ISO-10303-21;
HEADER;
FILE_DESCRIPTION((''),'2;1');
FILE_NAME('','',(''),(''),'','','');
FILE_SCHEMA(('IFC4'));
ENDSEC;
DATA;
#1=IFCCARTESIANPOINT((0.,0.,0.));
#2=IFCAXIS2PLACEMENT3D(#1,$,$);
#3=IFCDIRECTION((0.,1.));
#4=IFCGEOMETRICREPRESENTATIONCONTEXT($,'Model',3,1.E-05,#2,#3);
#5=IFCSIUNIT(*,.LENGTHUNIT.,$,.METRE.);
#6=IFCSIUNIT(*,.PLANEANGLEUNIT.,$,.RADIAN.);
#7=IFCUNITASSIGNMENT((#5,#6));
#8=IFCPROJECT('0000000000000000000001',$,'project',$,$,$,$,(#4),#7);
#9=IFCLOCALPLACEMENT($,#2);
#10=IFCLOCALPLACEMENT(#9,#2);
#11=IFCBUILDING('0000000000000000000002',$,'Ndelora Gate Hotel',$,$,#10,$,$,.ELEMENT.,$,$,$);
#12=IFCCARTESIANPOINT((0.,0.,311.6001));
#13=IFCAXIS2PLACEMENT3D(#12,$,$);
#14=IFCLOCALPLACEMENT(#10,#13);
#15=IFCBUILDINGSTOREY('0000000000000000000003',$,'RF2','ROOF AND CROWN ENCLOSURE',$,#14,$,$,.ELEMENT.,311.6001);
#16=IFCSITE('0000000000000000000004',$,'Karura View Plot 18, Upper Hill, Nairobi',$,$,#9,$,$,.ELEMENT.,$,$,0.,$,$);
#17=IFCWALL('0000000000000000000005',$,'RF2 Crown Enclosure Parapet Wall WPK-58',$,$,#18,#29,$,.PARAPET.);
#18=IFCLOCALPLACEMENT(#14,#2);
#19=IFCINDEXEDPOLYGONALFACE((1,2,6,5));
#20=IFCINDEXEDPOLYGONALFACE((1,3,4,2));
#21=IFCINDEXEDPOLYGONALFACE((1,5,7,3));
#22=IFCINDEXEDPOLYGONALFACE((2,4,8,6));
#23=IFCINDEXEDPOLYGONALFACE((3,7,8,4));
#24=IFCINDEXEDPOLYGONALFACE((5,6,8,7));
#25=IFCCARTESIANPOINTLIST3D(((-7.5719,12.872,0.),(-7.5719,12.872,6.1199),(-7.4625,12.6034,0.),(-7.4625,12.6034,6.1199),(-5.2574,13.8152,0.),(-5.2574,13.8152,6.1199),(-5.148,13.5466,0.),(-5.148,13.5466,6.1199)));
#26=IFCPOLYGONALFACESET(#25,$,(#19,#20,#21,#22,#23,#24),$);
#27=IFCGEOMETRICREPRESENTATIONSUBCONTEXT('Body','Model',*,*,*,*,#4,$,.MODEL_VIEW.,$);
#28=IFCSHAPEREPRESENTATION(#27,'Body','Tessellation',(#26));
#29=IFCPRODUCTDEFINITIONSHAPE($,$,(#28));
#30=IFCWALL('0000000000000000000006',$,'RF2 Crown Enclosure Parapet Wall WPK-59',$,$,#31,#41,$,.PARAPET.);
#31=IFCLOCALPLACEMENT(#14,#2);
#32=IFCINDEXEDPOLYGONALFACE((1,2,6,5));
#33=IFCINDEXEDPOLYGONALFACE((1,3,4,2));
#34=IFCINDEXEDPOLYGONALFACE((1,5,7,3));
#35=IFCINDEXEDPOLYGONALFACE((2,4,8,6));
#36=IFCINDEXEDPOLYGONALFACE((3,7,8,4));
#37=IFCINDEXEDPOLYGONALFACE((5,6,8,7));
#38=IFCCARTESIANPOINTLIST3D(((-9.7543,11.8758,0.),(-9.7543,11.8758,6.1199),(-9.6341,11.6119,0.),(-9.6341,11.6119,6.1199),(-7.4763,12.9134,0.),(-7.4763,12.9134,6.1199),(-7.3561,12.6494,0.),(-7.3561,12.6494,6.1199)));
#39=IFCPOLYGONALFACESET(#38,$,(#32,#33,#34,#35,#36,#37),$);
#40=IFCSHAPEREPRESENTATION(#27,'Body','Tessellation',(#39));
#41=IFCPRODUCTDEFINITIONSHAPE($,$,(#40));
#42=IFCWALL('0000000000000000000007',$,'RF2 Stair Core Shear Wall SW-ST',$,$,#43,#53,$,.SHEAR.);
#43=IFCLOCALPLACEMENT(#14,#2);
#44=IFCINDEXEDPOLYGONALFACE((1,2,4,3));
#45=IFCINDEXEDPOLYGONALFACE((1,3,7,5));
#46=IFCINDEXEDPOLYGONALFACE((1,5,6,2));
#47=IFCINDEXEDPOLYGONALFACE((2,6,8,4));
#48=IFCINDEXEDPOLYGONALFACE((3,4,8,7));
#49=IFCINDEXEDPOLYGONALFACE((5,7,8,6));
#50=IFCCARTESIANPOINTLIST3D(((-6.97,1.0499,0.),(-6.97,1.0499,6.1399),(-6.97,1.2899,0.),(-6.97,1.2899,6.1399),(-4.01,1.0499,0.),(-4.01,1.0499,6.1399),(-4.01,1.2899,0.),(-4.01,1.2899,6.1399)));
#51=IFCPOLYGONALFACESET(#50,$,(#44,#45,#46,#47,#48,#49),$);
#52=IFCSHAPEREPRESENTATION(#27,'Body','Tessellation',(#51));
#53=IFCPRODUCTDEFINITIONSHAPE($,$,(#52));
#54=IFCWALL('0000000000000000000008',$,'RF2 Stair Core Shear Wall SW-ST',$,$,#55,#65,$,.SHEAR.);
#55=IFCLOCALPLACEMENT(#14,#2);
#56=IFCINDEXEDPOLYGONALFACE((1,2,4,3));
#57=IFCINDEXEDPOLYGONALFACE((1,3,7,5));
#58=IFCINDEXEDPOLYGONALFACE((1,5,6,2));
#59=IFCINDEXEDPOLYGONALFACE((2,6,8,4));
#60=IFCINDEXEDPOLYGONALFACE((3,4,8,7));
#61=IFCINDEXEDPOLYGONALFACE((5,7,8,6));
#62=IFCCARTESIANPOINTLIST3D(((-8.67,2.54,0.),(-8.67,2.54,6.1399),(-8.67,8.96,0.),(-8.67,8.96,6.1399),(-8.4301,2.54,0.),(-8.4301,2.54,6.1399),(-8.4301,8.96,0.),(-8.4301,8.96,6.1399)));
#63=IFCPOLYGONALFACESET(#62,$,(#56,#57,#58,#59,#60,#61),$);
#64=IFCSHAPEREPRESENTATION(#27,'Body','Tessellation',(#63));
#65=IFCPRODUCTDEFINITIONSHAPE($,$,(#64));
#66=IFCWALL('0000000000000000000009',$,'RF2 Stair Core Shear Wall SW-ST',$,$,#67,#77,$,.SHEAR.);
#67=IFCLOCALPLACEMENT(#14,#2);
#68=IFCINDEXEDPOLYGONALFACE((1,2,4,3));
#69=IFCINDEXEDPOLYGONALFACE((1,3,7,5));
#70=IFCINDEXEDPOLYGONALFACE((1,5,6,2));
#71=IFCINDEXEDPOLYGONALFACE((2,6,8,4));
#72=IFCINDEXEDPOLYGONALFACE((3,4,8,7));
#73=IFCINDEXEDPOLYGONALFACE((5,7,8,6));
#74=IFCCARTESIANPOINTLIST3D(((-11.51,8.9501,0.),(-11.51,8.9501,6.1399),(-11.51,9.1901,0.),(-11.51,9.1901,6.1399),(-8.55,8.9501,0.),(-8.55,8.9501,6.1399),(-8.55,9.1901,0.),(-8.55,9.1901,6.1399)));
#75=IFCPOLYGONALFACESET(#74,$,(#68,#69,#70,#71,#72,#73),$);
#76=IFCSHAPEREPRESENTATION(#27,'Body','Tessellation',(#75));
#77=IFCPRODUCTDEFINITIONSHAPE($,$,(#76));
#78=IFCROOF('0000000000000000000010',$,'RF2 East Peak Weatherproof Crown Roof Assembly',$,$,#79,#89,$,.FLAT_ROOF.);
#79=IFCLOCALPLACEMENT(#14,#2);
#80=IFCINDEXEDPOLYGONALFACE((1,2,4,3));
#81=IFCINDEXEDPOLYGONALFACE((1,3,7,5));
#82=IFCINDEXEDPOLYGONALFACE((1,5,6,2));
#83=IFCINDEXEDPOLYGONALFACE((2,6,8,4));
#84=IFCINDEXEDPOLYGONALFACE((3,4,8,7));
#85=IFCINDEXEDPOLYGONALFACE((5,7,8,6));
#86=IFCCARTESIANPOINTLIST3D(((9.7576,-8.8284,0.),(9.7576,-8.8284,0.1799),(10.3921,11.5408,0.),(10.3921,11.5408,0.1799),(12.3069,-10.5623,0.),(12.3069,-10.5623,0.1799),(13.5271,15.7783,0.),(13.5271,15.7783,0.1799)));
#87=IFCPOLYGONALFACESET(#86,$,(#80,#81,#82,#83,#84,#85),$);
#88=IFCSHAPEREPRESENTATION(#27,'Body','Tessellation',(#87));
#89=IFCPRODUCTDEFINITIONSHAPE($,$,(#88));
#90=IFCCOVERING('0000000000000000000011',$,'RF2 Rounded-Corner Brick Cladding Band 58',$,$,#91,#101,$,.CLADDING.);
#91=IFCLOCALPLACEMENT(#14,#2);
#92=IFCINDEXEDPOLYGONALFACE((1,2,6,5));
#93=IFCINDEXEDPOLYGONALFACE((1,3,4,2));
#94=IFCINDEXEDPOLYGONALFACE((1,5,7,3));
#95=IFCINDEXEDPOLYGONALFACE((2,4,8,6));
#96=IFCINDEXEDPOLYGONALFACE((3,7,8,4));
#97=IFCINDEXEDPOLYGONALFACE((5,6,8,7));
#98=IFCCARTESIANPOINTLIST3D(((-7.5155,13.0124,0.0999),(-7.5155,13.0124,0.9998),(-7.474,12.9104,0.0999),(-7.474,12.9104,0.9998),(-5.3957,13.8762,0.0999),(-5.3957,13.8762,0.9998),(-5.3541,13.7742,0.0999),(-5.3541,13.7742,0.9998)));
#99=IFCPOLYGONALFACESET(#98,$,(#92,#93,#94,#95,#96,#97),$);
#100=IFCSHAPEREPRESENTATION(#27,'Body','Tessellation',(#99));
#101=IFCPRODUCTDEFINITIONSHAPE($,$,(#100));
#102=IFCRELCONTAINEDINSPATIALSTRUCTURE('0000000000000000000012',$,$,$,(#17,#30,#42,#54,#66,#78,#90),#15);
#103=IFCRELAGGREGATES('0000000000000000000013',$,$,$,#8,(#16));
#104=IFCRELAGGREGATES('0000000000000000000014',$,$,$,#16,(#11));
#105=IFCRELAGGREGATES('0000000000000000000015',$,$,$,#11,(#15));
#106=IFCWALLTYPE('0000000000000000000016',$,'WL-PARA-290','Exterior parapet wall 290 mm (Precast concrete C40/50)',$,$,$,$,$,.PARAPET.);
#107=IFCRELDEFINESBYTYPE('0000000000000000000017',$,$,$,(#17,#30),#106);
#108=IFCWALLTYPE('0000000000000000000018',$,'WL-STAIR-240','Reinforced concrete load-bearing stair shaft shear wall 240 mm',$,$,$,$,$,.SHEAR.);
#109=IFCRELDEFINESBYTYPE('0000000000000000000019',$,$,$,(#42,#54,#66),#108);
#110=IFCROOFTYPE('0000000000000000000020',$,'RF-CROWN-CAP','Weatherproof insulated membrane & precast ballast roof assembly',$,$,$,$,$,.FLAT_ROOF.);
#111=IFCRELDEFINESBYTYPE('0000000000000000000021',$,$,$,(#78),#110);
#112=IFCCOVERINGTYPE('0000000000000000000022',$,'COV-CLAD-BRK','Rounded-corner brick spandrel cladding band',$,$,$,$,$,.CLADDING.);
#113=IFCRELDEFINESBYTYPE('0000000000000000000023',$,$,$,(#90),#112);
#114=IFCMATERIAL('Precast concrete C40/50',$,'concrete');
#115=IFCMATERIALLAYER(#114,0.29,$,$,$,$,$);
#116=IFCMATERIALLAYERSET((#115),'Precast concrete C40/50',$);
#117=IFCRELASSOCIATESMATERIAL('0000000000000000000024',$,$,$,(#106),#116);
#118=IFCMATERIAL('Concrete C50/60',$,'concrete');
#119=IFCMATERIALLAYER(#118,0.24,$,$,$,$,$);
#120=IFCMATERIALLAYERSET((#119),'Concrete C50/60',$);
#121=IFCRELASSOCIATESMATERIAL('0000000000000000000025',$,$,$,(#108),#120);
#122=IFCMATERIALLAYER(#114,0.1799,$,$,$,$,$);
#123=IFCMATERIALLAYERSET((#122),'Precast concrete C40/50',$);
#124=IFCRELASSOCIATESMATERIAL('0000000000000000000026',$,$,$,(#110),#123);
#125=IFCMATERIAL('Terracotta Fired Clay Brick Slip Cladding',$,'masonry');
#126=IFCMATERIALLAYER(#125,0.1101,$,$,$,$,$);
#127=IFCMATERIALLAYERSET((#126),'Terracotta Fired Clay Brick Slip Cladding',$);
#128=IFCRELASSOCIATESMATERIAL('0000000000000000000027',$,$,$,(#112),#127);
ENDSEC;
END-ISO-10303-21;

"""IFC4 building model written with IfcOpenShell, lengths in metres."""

from ifc_helpers import new_model, si_unit, direction, frame, frame_2d, origin, origin_2d, place, context, subcontext, project, spatial, polyline, rectangle, outline, extrude, material, layer, layer_set, type_object, element, save


model = new_model("IFC4")

# Units and contexts
model_context = context("Model", 3, precision=1e-05, world=origin(), true_north=direction((0.0, 1.0)))
body_context = subcontext(model_context, "Body", "Model", "MODEL_VIEW")
ifc_project = project(units=[si_unit("LENGTHUNIT", "METRE"), si_unit("PLANEANGLEUNIT", "RADIAN")], contexts=[model_context])

# Site, building, storey
site_placement = place(None, origin())
site = spatial("IfcSite", under=ifc_project, at=site_placement, Name="Karura View Plot 18, Upper Hill, Nairobi", CompositionType="ELEMENT", RefElevation=0.0)
building_placement = place(site_placement, origin())
building = spatial("IfcBuilding", under=site, at=building_placement, Name="Ndelora Gate Hotel", CompositionType="ELEMENT")
storey_placement = place(building_placement, frame((0.0, 0.0, 311.6001)))
storey = spatial("IfcBuildingStorey", under=building, at=storey_placement, Name="RF2", Description="ROOF AND CROWN ENCLOSURE", CompositionType="ELEMENT", Elevation=311.6001)

# Shared definitions
ifc_material_1 = material(Name="Concrete C50/60", Category="concrete")

# Walls
ifc_material_2 = material(Name="Precast concrete C40/50", Category="concrete")
ifc_layer_1 = layer(ifc_material_2, 0.29)
ifc_layer_set_1 = layer_set([ifc_layer_1], Name="Precast concrete C40/50")
wall_type_1 = type_object("IfcWallType", Name="WL-PARA-290", Description="Exterior parapet wall 290 mm (Precast concrete C40/50)", PredefinedType="PARAPET", material=ifc_layer_set_1)
for number, where, z_axis, x_axis, name in (
    (1, (-7.5171, 12.7378, 0.0), (0.0, 0.0, 1.0), (0.926066, 0.377362, 0.0), "RF2 Crown Enclosure Parapet Wall WPK-58"),
):
    element("IfcWall", number, at=place(storey_placement, frame(where, z_axis=z_axis, x_axis=x_axis)), inside=storey, type_object=wall_type_1, Name=name, PredefinedType="PARAPET", context=body_context, shape_type="SweptSolid", body=[
        extrude(rectangle(XDim=2.4993, YDim=0.29, at=frame_2d((1.2495, 0.0))), origin(), (0.0, 0.0, 1.0), 6.1199),
    ])
wall_1_placement = place(storey_placement, frame((-9.6941, 11.7439, 0.0), z_axis=(0.0, 0.0, 1.0), x_axis=(0.910049, 0.414501, 0.0)))
element("IfcWall", 2, at=wall_1_placement, inside=storey, type_object=wall_type_1, Name="RF2 Crown Enclosure Parapet Wall WPK-59", PredefinedType="PARAPET", context=body_context, shape_type="SweptSolid", body=[
    extrude(rectangle(XDim=2.5032, YDim=0.29, at=frame_2d((1.2515, 0.0))), origin(), (0.0, 0.0, 1.0), 6.1199),
])
ifc_layer_2 = layer(ifc_material_1, 0.24)
ifc_layer_set_2 = layer_set([ifc_layer_2], Name="Concrete C50/60")
wall_type_2 = type_object("IfcWallType", Name="WL-STAIR-240", Description="Reinforced concrete load-bearing stair shaft shear wall 240 mm", PredefinedType="SHEAR", material=ifc_layer_set_2)
wall_2_placement = place(storey_placement, frame((-6.97, 1.1699, 0.0), z_axis=(0.0, 0.0, 1.0), x_axis=(1.0, 0.0, 0.0)))
element("IfcWall", 3, at=wall_2_placement, inside=storey, type_object=wall_type_2, Name="RF2 Stair Core Shear Wall SW-ST", PredefinedType="SHEAR", context=body_context, shape_type="SweptSolid", body=[
    extrude(rectangle(XDim=2.96, YDim=0.24, at=frame_2d((1.48, 0.0))), origin(), (0.0, 0.0, 1.0), 6.1399),
])
wall_3_placement = place(storey_placement, frame((-8.55, 2.54, 0.0), z_axis=(0.0, 0.0, 1.0), x_axis=(0.0, 1.0, 0.0)))
element("IfcWall", 4, at=wall_3_placement, inside=storey, type_object=wall_type_2, Name="RF2 Stair Core Shear Wall SW-ST", PredefinedType="SHEAR", context=body_context, shape_type="SweptSolid", body=[
    extrude(rectangle(XDim=6.4199, YDim=0.24, at=frame_2d((3.21, 0.0))), origin(), (0.0, 0.0, 1.0), 6.1399),
])
wall_4_placement = place(storey_placement, frame((-11.51, 9.0701, 0.0), z_axis=(0.0, 0.0, 1.0), x_axis=(1.0, 0.0, 0.0)))
element("IfcWall", 5, at=wall_4_placement, inside=storey, type_object=wall_type_2, Name="RF2 Stair Core Shear Wall SW-ST", PredefinedType="SHEAR", context=body_context, shape_type="SweptSolid", body=[
    extrude(rectangle(XDim=2.96, YDim=0.24, at=frame_2d((1.48, 0.0))), origin(), (0.0, 0.0, 1.0), 6.1399),
])

# Roof
ifc_layer_3 = layer(ifc_material_2, 0.1799)
ifc_layer_set_3 = layer_set([ifc_layer_3], Name="Precast concrete C40/50")
roof_type = type_object("IfcRoofType", Name="RF-CROWN-CAP", Description="Weatherproof insulated membrane & precast ballast roof assembly", PredefinedType="FLAT_ROOF", material=ifc_layer_set_3)
roof_placement = place(storey_placement, origin())
element("IfcRoof", 6, at=roof_placement, inside=storey, type_object=roof_type, Name="RF2 East Peak Weatherproof Crown Roof Assembly", PredefinedType="FLAT_ROOF", context=body_context, shape_type="SweptSolid", body=[
    extrude(outline(polyline([(9.7576, -8.8284), (12.3069, -10.5623), (13.5271, 15.7783), (10.3921, 11.5408), (9.7576, -8.8284)])), origin(), (0.0, 0.0, 1.0), 0.1799),
])

# Covering
ifc_material_3 = material(Name="Terracotta Fired Clay Brick Slip Cladding", Category="masonry")
ifc_layer_4 = layer(ifc_material_3, 0.1101)
ifc_layer_set_4 = layer_set([ifc_layer_4], Name="Terracotta Fired Clay Brick Slip Cladding")
covering_type = type_object("IfcCoveringType", Name="COV-CLAD-BRK", Description="Rounded-corner brick spandrel cladding band", PredefinedType="CLADDING", material=ifc_layer_set_4)
covering_placement = place(storey_placement, frame((-6.4348, 13.3933, 0.0999), z_axis=(0.0, 0.0, 1.0), x_axis=(0.926068, 0.377356, 0.0)))
element("IfcCovering", 7, at=covering_placement, inside=storey, type_object=covering_type, Name="RF2 Rounded-Corner Brick Cladding Band 58", PredefinedType="CLADDING", context=body_context, shape_type="SweptSolid", body=[
    extrude(rectangle(XDim=2.2891, YDim=0.1101, at=origin_2d()), origin(), (0.0, 0.0, 1.0), 0.8999),
])

save(model, "model.ifc")
